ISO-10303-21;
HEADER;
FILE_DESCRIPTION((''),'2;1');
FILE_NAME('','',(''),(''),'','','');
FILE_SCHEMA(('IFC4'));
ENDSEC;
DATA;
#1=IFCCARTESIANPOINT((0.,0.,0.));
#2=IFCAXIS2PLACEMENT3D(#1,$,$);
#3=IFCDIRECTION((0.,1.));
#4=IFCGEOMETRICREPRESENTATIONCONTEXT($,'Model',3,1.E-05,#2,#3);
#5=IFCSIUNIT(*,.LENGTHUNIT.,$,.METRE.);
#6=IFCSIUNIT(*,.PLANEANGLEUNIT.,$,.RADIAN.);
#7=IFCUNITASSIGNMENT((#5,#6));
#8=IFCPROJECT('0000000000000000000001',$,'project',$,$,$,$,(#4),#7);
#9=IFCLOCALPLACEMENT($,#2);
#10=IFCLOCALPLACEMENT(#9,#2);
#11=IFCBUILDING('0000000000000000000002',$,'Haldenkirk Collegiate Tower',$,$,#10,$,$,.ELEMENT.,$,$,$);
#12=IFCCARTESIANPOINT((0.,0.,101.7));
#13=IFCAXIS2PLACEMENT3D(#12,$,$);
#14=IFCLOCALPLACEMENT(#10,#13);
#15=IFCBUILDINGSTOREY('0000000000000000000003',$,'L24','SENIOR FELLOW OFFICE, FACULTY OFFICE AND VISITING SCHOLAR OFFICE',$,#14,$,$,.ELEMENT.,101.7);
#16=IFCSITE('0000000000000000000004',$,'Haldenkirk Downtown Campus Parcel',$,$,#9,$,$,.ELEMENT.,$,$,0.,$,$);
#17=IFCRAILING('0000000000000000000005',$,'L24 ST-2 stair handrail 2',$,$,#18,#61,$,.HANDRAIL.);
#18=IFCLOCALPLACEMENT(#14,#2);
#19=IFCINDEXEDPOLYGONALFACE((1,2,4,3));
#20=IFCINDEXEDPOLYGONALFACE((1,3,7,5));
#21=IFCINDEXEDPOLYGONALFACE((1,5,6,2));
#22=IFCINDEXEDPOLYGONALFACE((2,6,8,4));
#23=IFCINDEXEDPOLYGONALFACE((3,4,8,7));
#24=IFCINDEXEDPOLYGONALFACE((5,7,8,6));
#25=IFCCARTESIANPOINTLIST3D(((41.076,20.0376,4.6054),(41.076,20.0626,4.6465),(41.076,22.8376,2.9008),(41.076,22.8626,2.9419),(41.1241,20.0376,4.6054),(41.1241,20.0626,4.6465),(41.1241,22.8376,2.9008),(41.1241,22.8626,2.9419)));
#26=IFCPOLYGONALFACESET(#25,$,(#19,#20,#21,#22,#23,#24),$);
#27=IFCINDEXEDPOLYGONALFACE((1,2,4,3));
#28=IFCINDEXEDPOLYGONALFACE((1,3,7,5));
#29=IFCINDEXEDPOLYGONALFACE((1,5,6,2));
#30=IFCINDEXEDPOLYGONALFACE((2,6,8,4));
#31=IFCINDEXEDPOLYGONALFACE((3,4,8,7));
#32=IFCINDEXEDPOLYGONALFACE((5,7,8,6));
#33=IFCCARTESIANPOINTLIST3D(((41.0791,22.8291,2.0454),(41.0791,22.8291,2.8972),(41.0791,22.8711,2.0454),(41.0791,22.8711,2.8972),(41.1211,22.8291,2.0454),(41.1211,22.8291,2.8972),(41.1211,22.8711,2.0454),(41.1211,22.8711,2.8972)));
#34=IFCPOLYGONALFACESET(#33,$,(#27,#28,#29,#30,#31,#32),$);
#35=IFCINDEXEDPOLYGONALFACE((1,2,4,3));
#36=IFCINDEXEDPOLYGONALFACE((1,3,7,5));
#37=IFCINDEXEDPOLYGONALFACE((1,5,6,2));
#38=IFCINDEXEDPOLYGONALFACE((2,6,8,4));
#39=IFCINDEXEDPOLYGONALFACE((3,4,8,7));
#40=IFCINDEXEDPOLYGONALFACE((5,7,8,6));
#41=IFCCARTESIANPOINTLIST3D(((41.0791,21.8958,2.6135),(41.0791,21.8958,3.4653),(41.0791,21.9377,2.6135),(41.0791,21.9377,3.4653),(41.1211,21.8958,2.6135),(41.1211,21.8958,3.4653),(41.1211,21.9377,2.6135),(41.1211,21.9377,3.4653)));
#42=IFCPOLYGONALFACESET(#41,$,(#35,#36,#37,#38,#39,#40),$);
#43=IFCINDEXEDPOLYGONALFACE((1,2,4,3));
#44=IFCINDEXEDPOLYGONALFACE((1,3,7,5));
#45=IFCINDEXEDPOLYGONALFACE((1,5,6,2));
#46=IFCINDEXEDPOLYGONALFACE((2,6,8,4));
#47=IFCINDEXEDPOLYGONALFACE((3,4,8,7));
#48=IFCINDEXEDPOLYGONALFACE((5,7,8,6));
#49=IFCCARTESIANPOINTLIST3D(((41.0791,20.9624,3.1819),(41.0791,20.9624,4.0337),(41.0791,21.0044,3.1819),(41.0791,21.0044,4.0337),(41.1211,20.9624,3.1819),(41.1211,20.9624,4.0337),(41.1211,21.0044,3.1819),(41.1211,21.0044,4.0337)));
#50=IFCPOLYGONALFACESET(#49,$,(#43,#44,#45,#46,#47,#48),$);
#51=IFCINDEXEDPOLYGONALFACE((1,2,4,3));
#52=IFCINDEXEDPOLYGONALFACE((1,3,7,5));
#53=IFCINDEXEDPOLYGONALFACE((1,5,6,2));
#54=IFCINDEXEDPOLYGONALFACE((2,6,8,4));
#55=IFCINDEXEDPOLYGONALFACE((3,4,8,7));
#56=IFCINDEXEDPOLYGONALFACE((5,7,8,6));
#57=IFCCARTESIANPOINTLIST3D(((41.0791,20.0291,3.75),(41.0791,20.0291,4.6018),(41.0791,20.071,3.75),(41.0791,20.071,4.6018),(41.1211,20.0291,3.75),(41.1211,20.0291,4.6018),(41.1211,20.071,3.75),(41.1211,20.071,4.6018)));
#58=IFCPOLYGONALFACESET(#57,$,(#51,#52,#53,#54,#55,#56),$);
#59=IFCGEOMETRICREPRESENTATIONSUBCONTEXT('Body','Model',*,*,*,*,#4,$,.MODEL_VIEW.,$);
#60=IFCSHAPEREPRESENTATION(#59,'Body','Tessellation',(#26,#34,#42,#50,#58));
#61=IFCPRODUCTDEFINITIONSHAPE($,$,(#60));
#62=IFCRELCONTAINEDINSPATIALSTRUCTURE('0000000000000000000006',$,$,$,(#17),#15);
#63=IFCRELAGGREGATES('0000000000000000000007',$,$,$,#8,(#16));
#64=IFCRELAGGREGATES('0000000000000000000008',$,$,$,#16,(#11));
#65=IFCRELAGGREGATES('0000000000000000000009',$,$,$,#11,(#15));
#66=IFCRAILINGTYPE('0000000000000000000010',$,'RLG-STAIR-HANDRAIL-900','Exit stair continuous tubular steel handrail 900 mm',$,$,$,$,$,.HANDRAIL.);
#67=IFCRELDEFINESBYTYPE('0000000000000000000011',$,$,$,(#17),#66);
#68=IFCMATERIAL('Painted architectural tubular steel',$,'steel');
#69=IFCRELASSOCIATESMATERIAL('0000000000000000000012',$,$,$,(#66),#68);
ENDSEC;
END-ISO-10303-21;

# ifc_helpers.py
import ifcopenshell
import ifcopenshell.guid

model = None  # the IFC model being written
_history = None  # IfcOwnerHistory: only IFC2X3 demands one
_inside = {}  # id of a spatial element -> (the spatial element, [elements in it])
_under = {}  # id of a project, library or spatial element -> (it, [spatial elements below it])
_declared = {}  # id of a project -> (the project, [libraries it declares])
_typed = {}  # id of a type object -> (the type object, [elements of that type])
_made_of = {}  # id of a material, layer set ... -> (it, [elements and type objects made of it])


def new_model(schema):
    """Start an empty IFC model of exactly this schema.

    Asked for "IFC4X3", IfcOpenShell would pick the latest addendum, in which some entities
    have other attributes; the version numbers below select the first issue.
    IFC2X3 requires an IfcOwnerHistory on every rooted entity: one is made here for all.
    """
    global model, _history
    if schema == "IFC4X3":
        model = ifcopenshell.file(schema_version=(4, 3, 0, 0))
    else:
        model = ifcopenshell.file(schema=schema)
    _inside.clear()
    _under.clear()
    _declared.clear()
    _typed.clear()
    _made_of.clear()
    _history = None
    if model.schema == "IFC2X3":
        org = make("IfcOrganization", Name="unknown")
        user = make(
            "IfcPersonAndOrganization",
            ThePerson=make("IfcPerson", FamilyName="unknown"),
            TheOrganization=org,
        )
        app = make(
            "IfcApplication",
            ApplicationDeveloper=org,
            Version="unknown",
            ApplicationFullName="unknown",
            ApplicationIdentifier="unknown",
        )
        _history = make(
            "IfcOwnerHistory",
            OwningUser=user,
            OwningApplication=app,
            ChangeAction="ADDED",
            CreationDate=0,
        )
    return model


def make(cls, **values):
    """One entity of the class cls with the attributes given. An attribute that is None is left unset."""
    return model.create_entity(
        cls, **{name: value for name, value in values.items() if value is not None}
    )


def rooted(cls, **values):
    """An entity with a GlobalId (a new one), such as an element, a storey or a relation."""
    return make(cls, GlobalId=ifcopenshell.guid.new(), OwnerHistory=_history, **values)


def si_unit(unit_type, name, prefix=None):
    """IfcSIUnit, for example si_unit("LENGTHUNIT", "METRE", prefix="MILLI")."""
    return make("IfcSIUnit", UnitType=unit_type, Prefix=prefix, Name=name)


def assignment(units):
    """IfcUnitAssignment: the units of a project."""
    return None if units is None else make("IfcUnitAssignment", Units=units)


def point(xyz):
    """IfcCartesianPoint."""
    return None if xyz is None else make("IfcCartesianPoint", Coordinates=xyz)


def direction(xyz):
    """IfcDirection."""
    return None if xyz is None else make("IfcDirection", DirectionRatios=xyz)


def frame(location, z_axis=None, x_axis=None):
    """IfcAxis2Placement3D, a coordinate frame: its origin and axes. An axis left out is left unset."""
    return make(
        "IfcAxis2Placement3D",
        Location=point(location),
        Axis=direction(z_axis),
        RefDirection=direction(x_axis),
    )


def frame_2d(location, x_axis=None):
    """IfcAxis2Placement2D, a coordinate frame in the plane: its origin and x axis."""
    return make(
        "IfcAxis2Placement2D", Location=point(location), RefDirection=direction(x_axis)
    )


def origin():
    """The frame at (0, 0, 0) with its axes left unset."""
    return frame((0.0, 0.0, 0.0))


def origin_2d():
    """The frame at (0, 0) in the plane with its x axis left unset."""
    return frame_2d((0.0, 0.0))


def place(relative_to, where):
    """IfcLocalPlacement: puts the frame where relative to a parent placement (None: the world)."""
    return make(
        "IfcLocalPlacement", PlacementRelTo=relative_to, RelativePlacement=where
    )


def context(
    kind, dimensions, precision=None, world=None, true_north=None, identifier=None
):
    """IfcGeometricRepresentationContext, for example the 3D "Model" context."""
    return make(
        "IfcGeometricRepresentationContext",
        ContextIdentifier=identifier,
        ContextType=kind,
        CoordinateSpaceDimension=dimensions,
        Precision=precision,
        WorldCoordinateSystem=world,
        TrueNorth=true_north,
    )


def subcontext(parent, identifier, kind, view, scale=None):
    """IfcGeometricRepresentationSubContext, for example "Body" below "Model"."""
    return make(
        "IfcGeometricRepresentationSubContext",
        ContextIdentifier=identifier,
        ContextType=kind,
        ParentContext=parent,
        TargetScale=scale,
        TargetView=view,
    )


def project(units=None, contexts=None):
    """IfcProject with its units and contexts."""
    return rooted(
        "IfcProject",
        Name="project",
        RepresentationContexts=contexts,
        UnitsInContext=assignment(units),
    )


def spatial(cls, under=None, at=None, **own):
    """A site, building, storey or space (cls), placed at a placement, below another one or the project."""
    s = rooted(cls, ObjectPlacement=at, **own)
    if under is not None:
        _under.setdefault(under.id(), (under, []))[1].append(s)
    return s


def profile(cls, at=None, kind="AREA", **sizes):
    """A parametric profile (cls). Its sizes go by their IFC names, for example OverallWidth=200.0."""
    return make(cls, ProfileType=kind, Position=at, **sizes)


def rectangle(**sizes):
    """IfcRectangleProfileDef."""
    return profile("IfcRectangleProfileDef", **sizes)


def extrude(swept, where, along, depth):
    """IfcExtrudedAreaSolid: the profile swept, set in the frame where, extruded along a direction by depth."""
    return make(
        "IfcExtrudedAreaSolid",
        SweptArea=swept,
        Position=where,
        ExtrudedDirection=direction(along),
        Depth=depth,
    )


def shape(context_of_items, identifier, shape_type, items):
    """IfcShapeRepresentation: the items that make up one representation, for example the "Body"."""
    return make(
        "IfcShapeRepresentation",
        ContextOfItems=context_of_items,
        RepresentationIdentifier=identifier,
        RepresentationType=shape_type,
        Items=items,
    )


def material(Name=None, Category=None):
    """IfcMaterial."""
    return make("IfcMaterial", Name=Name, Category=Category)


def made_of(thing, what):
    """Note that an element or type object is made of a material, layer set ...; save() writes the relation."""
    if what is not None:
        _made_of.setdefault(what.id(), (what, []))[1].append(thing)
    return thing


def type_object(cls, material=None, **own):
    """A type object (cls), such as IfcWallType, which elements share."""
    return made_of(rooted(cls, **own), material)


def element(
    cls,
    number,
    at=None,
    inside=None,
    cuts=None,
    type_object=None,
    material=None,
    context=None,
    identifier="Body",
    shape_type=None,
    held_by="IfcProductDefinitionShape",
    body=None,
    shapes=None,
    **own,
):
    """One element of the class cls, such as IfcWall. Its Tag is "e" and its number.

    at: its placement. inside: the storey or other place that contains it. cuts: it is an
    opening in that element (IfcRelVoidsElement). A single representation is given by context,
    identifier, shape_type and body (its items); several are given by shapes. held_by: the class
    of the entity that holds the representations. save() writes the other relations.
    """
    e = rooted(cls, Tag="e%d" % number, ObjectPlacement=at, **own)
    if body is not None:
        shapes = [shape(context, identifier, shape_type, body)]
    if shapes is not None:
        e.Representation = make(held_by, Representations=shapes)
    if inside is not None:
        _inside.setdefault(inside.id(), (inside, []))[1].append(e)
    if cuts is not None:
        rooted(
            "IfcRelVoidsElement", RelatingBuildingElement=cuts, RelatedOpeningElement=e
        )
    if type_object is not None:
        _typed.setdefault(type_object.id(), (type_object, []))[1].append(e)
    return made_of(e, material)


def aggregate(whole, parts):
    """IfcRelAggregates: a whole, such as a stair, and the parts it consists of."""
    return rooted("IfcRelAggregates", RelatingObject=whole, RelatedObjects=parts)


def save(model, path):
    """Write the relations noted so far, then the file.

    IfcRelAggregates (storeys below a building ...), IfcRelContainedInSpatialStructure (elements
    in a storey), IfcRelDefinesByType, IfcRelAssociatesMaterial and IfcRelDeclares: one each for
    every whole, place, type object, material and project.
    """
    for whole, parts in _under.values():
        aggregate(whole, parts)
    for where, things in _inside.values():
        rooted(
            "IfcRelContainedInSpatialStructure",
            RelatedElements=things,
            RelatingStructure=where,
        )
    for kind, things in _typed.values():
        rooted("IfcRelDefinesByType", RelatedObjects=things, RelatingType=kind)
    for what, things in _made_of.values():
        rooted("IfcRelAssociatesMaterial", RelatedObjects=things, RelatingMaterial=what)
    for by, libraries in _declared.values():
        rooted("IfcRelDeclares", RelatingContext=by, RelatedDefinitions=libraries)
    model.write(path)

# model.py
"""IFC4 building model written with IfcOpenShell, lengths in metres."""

from ifc_helpers import new_model, si_unit, direction, frame, origin, origin_2d, place, context, subcontext, project, spatial, rectangle, extrude, material, type_object, element, save


model = new_model("IFC4")

# Units and contexts
model_context = context("Model", 3, precision=1e-05, world=origin(), true_north=direction((0.0, 1.0)))
body_context = subcontext(model_context, "Body", "Model", "MODEL_VIEW")
ifc_project = project(units=[si_unit("LENGTHUNIT", "METRE"), si_unit("PLANEANGLEUNIT", "RADIAN")], contexts=[model_context])

# Site, building, storey
site_placement = place(None, origin())
site = spatial("IfcSite", under=ifc_project, at=site_placement, Name="Haldenkirk Downtown Campus Parcel", CompositionType="ELEMENT", RefElevation=0.0)
building_placement = place(site_placement, origin())
building = spatial("IfcBuilding", under=site, at=building_placement, Name="Haldenkirk Collegiate Tower", CompositionType="ELEMENT")
storey_placement = place(building_placement, frame((0.0, 0.0, 101.7)))
storey = spatial("IfcBuildingStorey", under=building, at=storey_placement, Name="L24", Description="SENIOR FELLOW OFFICE, FACULTY OFFICE AND VISITING SCHOLAR OFFICE", CompositionType="ELEMENT", Elevation=101.7)

# Railing
ifc_material_1 = material(Name="Painted architectural tubular steel", Category="steel")
railing_type_1 = type_object("IfcRailingType", Name="RLG-STAIR-HANDRAIL-900", Description="Exit stair continuous tubular steel handrail 900 mm", PredefinedType="HANDRAIL", material=ifc_material_1)
railing_1_placement = place(storey_placement, frame((41.1001, 22.8501, 2.0454)))
element("IfcRailing", 1, at=railing_1_placement, inside=storey, type_object=railing_type_1, Name="L24 ST-2 stair handrail 2", PredefinedType="HANDRAIL", context=body_context, shape_type="SweptSolid", body=[
    extrude(rectangle(XDim=0.0481, YDim=0.0481, at=origin_2d()), frame((0.0, 0.0, 0.876), z_axis=(0.0, -0.85417, 0.519994), x_axis=(1.0, 0.0, 0.0)), (0.0, 0.0, 1.0), 3.2781),
    extrude(rectangle(XDim=0.042, YDim=0.042, at=origin_2d()), origin(), (0.0, 0.0, 1.0), 0.8518),
    extrude(rectangle(XDim=0.042, YDim=0.042, at=origin_2d()), frame((0.0, -0.9333, 0.5681)), (0.0, 0.0, 1.0), 0.8518),
    extrude(rectangle(XDim=0.042, YDim=0.042, at=origin_2d()), frame((0.0, -1.8667, 1.1365)), (0.0, 0.0, 1.0), 0.8518),
    extrude(rectangle(XDim=0.042, YDim=0.042, at=origin_2d()), frame((0.0, -2.8, 1.7046)), (0.0, 0.0, 1.0), 0.8518),
])

save(model, "model.ifc")
